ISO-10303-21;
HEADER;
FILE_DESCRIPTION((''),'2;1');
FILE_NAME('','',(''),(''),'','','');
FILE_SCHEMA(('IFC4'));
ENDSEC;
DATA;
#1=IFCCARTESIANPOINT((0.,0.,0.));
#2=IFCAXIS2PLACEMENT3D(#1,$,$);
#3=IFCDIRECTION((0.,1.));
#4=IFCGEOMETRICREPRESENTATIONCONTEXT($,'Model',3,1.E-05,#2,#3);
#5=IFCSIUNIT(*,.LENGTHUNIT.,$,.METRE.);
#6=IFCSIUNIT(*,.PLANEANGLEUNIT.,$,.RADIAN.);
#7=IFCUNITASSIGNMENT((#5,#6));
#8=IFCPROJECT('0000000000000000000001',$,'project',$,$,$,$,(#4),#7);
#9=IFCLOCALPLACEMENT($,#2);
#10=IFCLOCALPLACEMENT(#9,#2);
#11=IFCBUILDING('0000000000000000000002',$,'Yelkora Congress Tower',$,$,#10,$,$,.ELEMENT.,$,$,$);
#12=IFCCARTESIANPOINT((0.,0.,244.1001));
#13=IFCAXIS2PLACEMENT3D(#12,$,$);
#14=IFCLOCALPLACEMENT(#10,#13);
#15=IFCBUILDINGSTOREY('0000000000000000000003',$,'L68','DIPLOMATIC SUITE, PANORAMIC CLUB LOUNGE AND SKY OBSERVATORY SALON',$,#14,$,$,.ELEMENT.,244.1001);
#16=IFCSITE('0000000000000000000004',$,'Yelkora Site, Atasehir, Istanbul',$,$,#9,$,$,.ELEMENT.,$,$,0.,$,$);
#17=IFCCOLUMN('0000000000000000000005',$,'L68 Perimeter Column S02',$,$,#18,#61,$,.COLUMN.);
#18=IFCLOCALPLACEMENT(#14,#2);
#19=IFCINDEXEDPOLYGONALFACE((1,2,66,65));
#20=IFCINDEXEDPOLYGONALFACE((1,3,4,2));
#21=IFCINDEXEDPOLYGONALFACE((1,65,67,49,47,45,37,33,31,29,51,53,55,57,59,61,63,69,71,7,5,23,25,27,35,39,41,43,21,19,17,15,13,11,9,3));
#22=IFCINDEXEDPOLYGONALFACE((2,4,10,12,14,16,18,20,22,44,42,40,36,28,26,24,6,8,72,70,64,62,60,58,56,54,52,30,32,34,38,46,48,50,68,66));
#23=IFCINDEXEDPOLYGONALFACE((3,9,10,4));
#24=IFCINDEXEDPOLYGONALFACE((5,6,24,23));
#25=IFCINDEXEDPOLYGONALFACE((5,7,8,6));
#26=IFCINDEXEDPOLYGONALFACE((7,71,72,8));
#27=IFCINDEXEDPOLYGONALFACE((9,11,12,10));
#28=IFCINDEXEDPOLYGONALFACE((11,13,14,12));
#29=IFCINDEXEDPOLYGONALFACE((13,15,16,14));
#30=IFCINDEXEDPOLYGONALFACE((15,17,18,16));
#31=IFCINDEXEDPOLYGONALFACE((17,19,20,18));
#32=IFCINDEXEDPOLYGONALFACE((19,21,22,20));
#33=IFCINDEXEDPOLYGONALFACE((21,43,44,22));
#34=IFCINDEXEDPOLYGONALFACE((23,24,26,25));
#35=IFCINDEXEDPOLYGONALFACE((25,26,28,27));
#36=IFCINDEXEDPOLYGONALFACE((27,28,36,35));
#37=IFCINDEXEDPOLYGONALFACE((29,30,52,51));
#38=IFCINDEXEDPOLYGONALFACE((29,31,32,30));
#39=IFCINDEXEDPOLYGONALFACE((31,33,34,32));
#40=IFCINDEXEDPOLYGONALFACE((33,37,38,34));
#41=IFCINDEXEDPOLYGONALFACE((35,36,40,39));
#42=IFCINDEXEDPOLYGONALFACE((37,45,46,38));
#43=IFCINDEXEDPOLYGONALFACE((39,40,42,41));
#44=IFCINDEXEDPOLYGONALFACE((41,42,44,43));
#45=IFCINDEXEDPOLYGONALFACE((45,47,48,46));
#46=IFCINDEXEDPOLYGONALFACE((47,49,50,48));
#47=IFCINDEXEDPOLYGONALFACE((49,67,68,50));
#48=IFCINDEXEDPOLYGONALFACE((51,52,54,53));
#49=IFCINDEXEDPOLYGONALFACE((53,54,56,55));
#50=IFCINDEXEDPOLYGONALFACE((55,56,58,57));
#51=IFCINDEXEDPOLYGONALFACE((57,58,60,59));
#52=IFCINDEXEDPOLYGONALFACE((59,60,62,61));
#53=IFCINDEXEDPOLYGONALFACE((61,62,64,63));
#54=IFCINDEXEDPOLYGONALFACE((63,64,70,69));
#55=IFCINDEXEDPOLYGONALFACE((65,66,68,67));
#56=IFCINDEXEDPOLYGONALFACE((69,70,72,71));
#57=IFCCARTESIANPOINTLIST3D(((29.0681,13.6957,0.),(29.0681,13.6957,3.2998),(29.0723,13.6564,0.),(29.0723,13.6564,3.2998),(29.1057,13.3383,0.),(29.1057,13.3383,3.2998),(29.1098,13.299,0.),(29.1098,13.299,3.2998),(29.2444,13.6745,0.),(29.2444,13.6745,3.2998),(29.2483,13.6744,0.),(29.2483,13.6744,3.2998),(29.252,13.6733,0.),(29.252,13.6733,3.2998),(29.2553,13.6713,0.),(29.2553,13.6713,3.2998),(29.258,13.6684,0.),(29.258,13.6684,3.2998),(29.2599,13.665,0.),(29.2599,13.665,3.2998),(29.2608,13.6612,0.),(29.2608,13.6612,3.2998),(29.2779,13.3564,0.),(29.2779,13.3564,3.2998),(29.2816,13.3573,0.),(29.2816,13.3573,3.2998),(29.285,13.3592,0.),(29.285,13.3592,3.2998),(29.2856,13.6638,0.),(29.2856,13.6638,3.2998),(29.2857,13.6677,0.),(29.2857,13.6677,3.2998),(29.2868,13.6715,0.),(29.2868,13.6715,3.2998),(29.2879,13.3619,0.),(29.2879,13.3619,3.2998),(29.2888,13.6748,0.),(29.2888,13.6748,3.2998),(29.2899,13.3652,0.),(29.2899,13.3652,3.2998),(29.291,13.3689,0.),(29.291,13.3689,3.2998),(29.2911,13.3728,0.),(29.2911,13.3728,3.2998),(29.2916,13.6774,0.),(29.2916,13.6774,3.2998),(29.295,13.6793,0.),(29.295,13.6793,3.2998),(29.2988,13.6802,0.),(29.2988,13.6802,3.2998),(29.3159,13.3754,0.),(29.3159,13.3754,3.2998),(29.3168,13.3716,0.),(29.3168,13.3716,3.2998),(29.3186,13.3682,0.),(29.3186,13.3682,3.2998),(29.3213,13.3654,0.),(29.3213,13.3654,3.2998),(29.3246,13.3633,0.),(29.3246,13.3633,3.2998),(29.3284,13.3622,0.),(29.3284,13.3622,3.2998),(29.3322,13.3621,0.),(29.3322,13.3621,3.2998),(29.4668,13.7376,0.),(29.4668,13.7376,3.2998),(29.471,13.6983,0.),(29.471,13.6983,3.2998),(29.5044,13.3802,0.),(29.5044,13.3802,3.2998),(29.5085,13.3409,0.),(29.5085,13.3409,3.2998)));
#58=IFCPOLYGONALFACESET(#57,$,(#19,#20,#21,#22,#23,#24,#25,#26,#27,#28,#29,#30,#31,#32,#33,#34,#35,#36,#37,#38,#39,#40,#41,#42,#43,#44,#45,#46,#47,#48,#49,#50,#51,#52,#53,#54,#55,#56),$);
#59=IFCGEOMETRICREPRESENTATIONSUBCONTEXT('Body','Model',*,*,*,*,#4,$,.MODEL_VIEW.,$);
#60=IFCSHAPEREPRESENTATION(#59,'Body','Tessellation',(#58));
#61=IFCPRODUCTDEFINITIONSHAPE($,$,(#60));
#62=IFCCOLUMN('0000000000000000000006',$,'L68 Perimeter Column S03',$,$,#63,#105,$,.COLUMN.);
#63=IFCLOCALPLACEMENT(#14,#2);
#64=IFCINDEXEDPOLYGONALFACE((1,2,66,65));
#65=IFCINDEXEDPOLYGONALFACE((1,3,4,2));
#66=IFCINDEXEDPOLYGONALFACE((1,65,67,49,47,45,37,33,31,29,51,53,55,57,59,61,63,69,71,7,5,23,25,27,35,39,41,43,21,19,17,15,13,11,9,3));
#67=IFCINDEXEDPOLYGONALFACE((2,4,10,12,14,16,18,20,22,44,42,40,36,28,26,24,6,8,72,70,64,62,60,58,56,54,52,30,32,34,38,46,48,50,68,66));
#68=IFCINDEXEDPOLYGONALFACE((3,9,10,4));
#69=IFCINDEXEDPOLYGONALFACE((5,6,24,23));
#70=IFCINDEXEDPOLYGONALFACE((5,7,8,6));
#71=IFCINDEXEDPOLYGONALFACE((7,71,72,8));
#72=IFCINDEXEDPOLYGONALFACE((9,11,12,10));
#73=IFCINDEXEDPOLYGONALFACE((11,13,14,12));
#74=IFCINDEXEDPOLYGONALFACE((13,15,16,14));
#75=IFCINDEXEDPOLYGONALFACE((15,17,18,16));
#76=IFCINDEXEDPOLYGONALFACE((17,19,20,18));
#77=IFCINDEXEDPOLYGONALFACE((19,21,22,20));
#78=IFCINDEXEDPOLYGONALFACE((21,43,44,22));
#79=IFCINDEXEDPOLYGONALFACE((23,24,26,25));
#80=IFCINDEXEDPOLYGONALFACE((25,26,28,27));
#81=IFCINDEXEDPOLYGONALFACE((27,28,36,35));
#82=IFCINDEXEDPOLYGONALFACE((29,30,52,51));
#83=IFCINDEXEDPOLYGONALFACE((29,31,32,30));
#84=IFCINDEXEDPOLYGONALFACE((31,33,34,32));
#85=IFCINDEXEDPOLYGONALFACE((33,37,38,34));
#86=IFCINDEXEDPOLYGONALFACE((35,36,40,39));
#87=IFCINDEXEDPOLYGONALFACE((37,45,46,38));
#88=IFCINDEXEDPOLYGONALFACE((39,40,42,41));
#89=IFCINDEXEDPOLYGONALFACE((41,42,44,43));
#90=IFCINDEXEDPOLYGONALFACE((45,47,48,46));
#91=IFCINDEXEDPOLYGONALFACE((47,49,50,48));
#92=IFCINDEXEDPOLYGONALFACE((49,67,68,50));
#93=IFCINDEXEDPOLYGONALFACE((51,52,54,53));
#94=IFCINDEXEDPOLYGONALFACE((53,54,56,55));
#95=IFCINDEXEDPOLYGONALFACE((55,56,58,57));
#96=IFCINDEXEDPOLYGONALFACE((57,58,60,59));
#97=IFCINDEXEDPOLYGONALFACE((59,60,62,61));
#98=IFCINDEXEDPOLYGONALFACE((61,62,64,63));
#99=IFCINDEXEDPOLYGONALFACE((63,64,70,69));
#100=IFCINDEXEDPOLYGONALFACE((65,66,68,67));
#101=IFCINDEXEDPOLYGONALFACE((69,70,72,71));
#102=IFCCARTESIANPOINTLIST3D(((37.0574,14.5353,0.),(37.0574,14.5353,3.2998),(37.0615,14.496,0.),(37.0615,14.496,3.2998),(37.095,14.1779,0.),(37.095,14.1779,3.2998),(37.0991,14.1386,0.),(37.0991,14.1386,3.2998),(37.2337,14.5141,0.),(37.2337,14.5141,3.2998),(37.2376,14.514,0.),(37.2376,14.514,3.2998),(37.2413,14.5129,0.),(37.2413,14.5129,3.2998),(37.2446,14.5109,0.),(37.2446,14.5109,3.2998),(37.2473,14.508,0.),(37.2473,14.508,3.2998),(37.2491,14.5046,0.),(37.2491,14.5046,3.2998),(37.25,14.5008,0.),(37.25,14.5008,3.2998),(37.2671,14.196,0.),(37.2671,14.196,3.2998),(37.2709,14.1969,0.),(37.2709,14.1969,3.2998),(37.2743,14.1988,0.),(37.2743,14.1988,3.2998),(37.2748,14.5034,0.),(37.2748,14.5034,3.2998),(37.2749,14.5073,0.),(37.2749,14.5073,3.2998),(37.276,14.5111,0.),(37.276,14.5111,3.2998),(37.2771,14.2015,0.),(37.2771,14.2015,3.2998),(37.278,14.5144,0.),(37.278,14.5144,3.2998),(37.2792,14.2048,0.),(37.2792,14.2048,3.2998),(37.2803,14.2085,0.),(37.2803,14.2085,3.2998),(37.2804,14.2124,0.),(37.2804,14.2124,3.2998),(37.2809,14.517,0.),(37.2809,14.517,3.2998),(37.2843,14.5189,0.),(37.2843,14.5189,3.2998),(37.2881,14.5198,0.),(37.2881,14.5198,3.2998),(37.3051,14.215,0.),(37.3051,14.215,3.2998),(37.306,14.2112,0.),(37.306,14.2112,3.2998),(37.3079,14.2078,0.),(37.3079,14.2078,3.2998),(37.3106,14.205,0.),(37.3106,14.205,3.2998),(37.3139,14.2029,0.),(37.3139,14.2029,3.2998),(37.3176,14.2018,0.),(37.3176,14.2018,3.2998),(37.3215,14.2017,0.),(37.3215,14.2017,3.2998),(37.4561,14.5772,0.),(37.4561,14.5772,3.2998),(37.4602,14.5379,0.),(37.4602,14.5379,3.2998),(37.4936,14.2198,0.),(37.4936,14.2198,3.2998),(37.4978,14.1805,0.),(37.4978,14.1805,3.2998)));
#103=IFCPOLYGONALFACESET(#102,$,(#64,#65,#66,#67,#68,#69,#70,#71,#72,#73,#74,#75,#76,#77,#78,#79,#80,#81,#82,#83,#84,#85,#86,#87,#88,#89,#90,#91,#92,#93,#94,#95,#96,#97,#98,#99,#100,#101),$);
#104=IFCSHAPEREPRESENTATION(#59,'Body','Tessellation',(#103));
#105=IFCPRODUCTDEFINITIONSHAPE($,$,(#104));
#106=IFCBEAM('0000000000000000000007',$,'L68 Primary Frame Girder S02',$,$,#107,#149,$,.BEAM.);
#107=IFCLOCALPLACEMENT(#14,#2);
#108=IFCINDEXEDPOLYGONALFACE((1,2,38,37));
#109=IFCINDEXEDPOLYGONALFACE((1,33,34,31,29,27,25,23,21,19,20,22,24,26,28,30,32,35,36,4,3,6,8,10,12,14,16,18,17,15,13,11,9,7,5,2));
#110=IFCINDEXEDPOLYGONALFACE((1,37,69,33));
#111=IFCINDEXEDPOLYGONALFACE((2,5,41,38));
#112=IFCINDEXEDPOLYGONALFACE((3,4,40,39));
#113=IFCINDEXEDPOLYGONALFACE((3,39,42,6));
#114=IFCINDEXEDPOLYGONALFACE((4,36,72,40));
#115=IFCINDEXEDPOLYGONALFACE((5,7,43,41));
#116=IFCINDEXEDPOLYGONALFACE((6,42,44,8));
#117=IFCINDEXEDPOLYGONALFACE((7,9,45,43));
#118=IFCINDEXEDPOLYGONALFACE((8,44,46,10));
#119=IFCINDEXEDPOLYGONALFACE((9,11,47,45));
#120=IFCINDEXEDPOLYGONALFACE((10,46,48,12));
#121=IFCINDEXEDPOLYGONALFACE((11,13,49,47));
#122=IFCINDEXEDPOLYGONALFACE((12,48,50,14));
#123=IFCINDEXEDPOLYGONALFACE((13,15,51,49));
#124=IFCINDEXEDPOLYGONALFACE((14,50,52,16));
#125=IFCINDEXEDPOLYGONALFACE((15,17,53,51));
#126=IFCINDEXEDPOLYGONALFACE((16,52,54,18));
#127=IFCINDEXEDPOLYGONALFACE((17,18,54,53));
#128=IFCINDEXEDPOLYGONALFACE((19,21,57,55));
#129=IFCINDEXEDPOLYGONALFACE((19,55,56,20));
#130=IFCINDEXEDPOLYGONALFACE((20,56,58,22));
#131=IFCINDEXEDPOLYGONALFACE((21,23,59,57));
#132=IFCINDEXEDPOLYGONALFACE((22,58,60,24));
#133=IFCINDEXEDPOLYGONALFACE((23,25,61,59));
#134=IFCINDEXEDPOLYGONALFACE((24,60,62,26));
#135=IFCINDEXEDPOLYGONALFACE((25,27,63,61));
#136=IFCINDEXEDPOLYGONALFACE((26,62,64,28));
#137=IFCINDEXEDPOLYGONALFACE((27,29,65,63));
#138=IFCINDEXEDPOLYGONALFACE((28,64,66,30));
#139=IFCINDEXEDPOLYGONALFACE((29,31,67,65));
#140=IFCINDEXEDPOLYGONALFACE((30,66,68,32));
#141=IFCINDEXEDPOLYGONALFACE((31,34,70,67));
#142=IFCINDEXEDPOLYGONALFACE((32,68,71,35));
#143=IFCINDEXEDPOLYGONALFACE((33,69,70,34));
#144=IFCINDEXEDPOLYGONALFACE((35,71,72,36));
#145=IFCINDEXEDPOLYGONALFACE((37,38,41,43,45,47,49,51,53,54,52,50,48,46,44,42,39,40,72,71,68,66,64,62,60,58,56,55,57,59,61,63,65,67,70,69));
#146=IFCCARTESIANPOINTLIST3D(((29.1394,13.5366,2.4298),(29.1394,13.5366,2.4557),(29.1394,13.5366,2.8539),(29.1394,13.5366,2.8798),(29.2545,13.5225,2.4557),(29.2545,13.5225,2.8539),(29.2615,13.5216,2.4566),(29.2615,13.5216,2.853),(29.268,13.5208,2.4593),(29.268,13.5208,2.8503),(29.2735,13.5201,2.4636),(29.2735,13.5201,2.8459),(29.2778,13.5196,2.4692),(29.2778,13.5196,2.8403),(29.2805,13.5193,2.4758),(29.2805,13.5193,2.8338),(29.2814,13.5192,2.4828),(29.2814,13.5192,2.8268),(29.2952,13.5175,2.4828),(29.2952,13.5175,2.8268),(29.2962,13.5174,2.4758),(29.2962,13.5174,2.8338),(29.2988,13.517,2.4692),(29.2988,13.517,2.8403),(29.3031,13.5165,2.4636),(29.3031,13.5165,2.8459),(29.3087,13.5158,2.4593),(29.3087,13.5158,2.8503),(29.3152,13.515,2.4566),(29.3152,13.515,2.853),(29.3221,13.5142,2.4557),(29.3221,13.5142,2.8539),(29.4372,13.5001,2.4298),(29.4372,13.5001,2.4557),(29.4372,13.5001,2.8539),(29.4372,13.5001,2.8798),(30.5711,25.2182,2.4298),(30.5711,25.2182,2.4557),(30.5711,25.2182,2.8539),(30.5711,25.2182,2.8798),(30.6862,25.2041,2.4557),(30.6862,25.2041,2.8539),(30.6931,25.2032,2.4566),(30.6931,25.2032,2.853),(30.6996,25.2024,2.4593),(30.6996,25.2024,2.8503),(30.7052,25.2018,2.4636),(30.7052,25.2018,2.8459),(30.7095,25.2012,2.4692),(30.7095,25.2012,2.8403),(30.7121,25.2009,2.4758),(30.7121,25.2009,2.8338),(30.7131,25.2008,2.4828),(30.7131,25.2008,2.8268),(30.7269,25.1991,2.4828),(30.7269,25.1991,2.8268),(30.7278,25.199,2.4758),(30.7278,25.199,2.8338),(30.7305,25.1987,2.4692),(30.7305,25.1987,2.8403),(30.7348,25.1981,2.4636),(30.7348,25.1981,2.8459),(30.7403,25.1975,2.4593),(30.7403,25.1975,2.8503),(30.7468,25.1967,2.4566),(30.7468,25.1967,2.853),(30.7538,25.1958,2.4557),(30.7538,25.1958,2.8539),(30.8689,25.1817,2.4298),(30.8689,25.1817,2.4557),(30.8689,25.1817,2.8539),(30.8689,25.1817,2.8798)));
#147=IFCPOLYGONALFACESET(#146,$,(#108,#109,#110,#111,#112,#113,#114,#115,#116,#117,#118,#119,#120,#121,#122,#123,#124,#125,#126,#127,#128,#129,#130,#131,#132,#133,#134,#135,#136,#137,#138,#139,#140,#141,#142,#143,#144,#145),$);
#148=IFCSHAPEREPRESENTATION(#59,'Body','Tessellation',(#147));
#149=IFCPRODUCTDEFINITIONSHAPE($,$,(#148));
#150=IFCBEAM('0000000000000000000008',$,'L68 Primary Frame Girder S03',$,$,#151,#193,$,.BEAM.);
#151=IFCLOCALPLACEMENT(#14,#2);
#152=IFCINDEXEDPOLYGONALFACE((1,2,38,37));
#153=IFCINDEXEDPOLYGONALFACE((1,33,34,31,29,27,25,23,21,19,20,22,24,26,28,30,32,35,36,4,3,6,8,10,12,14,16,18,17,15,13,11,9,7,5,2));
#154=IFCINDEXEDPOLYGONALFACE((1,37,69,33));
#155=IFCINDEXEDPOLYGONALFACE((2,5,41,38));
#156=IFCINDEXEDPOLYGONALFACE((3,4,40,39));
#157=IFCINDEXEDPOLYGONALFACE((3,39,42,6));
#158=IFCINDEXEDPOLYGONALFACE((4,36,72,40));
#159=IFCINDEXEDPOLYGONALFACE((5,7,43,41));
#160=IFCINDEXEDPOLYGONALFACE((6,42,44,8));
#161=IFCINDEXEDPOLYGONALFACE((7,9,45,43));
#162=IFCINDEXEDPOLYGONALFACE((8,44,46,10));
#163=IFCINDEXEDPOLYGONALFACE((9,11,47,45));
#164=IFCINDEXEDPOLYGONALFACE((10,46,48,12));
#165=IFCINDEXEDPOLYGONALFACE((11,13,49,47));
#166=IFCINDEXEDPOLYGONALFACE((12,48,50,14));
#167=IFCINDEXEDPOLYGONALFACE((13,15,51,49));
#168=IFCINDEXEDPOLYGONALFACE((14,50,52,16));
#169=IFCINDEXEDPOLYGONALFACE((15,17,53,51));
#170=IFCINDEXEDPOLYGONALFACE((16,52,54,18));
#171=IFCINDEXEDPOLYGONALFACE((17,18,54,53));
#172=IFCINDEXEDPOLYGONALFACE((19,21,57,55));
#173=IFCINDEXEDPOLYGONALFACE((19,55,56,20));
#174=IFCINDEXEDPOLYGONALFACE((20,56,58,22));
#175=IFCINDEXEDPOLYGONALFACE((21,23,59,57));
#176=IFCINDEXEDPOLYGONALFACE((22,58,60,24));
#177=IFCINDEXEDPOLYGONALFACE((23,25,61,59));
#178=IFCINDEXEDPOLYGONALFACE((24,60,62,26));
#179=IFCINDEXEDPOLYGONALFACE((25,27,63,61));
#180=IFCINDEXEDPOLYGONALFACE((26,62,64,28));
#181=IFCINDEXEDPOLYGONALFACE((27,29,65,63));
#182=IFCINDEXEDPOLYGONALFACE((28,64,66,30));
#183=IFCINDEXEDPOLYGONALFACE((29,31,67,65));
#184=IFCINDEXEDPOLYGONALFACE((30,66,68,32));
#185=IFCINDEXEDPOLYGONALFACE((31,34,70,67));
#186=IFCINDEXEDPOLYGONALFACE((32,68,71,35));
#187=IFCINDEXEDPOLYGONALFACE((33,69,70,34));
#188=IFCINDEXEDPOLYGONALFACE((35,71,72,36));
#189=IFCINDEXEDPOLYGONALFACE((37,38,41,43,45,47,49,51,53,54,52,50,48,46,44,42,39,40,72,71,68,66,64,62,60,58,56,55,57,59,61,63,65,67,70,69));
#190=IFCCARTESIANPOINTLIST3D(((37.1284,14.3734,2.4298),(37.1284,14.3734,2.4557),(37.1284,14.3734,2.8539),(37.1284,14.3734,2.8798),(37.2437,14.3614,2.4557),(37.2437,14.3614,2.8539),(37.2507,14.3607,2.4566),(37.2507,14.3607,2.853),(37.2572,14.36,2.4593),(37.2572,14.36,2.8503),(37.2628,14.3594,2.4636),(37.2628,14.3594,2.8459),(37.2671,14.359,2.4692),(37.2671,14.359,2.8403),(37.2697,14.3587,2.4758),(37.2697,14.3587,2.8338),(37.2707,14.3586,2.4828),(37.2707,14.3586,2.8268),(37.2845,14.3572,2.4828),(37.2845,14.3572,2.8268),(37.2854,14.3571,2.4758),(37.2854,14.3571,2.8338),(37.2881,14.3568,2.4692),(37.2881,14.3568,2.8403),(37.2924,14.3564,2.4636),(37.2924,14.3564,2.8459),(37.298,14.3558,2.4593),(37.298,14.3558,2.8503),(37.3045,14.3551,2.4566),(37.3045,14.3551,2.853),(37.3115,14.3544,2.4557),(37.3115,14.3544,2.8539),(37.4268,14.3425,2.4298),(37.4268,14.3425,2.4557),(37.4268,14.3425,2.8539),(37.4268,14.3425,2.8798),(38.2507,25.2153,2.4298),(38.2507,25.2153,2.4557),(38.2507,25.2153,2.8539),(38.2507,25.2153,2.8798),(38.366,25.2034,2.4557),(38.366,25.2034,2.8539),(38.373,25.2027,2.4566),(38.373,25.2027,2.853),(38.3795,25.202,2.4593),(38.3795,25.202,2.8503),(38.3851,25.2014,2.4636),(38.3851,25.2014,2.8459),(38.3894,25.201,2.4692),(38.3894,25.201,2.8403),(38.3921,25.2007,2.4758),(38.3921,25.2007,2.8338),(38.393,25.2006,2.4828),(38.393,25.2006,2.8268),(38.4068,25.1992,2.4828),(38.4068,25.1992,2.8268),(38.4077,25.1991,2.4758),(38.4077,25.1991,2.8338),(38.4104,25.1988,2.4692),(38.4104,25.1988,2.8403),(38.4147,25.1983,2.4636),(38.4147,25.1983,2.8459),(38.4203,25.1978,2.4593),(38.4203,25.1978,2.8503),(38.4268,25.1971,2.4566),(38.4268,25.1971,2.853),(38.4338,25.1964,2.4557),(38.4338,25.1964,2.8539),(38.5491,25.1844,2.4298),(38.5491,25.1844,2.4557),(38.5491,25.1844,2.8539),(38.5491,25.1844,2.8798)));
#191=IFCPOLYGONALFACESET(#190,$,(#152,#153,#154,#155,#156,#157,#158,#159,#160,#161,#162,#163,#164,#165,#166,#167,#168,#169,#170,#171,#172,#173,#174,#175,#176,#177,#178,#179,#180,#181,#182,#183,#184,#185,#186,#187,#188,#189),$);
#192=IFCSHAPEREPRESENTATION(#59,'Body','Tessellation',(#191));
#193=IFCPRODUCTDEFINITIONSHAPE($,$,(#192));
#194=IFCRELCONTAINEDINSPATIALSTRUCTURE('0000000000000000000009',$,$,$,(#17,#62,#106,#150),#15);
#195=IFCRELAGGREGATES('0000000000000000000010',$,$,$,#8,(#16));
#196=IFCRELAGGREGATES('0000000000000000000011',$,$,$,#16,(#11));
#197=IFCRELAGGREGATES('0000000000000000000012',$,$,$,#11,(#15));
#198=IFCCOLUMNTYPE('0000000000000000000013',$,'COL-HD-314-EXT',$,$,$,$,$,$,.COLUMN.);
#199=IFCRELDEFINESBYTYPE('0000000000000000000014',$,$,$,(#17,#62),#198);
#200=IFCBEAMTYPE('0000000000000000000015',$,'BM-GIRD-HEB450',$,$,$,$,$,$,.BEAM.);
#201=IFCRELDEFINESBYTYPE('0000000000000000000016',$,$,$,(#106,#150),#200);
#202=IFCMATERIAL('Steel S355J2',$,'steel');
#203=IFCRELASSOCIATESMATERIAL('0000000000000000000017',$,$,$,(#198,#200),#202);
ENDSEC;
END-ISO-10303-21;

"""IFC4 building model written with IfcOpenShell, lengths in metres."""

from ifc_helpers import new_model, si_unit, direction, frame, origin, origin_2d, place, context, subcontext, project, spatial, i_section, extrude, material, material_profile, profile_set, type_object, element, save


model = new_model("IFC4")

# Units and contexts
model_context = context("Model", 3, precision=1e-05, world=origin(), true_north=direction((0.0, 1.0)))
body_context = subcontext(model_context, "Body", "Model", "MODEL_VIEW")
ifc_project = project(units=[si_unit("LENGTHUNIT", "METRE"), si_unit("PLANEANGLEUNIT", "RADIAN")], contexts=[model_context])

# Site, building, storey
site_placement = place(None, origin())
site = spatial("IfcSite", under=ifc_project, at=site_placement, Name="Yelkora Site, Atasehir, Istanbul", CompositionType="ELEMENT", RefElevation=0.0)
building_placement = place(site_placement, origin())
building = spatial("IfcBuilding", under=site, at=building_placement, Name="Yelkora Congress Tower", CompositionType="ELEMENT")
storey_placement = place(building_placement, frame((0.0, 0.0, 244.1001)))
storey = spatial("IfcBuildingStorey", under=building, at=storey_placement, Name="L68", Description="DIPLOMATIC SUITE, PANORAMIC CLUB LOUNGE AND SKY OBSERVATORY SALON", CompositionType="ELEMENT", Elevation=244.1001)

# Columns
ifc_material_1 = material(Name="Steel S355J2", Category="steel")
ifc_material_profile_1 = material_profile(ifc_material_1, i_section(OverallWidth=0.4009, OverallDepth=0.3989, WebThickness=0.0249, FlangeThickness=0.0396, FilletRadius=0.0149, at=origin_2d()), Name="HD 400x314")
ifc_profile_set_1 = profile_set([ifc_material_profile_1], Name="Steel S355J2")
column_type = type_object("IfcColumnType", Name="COL-HD-314-EXT", PredefinedType="COLUMN", material=ifc_profile_set_1)
for number, where, z_axis, x_axis, name in (
    (1, (29.2883, 13.5183, 0.0), (0.0, 0.0, 1.0), (0.994522, 0.104528, 0.0), "L68 Perimeter Column S02"),
    (2, (37.2776, 14.3579, 0.0), (0.0, 0.0, 1.0), (0.994522, 0.104528, 0.0), "L68 Perimeter Column S03"),
):
    element("IfcColumn", number, at=place(storey_placement, frame(where, z_axis=z_axis, x_axis=x_axis)), inside=storey, type_object=column_type, Name=name, PredefinedType="COLUMN", context=body_context, shape_type="SweptSolid", body=[
        extrude(i_section(OverallWidth=0.4009, OverallDepth=0.3989, WebThickness=0.0249, FlangeThickness=0.0396, FilletRadius=0.0149, at=origin_2d()), origin(), (0.0, 0.0, 1.0), 3.2998),
    ])

# Beams
ifc_material_profile_2 = material_profile(ifc_material_1, i_section(OverallWidth=0.3, OverallDepth=0.45, WebThickness=0.0139, FlangeThickness=0.0259, FilletRadius=0.0271, at=origin_2d()), Name="HEB 450")
ifc_profile_set_2 = profile_set([ifc_material_profile_2], Name="Steel S355J2")
beam_type_1 = type_object("IfcBeamType", Name="BM-GIRD-HEB450", PredefinedType="BEAM", material=ifc_profile_set_2)
beam_1_placement = place(storey_placement, frame((29.2883, 13.5183, 2.6548), z_axis=(0.121645, 0.992574, 0.0), x_axis=(-0.992574, 0.121645, 0.0)))
element("IfcBeam", 3, at=beam_1_placement, inside=storey, type_object=beam_type_1, Name="L68 Primary Frame Girder S02", PredefinedType="BEAM", context=body_context, shape_type="SweptSolid", body=[
    extrude(i_section(OverallWidth=0.3, OverallDepth=0.45, WebThickness=0.0139, FlangeThickness=0.0259, FilletRadius=0.0271, at=origin_2d()), origin(), (0.0, 0.0, 1.0), 11.769),
])
beam_2_placement = place(storey_placement, frame((37.2776, 14.3579, 2.6548), z_axis=(0.102965, 0.994685, 0.0), x_axis=(-0.994685, 0.102965, 0.0)))
element("IfcBeam", 4, at=beam_2_placement, inside=storey, type_object=beam_type_1, Name="L68 Primary Frame Girder S03", PredefinedType="BEAM", context=body_context, shape_type="SweptSolid", body=[
    extrude(i_section(OverallWidth=0.3, OverallDepth=0.45, WebThickness=0.0139, FlangeThickness=0.0259, FilletRadius=0.0271, at=origin_2d()), origin(), (0.0, 0.0, 1.0), 10.8999),
])

save(model, "model.ifc")
